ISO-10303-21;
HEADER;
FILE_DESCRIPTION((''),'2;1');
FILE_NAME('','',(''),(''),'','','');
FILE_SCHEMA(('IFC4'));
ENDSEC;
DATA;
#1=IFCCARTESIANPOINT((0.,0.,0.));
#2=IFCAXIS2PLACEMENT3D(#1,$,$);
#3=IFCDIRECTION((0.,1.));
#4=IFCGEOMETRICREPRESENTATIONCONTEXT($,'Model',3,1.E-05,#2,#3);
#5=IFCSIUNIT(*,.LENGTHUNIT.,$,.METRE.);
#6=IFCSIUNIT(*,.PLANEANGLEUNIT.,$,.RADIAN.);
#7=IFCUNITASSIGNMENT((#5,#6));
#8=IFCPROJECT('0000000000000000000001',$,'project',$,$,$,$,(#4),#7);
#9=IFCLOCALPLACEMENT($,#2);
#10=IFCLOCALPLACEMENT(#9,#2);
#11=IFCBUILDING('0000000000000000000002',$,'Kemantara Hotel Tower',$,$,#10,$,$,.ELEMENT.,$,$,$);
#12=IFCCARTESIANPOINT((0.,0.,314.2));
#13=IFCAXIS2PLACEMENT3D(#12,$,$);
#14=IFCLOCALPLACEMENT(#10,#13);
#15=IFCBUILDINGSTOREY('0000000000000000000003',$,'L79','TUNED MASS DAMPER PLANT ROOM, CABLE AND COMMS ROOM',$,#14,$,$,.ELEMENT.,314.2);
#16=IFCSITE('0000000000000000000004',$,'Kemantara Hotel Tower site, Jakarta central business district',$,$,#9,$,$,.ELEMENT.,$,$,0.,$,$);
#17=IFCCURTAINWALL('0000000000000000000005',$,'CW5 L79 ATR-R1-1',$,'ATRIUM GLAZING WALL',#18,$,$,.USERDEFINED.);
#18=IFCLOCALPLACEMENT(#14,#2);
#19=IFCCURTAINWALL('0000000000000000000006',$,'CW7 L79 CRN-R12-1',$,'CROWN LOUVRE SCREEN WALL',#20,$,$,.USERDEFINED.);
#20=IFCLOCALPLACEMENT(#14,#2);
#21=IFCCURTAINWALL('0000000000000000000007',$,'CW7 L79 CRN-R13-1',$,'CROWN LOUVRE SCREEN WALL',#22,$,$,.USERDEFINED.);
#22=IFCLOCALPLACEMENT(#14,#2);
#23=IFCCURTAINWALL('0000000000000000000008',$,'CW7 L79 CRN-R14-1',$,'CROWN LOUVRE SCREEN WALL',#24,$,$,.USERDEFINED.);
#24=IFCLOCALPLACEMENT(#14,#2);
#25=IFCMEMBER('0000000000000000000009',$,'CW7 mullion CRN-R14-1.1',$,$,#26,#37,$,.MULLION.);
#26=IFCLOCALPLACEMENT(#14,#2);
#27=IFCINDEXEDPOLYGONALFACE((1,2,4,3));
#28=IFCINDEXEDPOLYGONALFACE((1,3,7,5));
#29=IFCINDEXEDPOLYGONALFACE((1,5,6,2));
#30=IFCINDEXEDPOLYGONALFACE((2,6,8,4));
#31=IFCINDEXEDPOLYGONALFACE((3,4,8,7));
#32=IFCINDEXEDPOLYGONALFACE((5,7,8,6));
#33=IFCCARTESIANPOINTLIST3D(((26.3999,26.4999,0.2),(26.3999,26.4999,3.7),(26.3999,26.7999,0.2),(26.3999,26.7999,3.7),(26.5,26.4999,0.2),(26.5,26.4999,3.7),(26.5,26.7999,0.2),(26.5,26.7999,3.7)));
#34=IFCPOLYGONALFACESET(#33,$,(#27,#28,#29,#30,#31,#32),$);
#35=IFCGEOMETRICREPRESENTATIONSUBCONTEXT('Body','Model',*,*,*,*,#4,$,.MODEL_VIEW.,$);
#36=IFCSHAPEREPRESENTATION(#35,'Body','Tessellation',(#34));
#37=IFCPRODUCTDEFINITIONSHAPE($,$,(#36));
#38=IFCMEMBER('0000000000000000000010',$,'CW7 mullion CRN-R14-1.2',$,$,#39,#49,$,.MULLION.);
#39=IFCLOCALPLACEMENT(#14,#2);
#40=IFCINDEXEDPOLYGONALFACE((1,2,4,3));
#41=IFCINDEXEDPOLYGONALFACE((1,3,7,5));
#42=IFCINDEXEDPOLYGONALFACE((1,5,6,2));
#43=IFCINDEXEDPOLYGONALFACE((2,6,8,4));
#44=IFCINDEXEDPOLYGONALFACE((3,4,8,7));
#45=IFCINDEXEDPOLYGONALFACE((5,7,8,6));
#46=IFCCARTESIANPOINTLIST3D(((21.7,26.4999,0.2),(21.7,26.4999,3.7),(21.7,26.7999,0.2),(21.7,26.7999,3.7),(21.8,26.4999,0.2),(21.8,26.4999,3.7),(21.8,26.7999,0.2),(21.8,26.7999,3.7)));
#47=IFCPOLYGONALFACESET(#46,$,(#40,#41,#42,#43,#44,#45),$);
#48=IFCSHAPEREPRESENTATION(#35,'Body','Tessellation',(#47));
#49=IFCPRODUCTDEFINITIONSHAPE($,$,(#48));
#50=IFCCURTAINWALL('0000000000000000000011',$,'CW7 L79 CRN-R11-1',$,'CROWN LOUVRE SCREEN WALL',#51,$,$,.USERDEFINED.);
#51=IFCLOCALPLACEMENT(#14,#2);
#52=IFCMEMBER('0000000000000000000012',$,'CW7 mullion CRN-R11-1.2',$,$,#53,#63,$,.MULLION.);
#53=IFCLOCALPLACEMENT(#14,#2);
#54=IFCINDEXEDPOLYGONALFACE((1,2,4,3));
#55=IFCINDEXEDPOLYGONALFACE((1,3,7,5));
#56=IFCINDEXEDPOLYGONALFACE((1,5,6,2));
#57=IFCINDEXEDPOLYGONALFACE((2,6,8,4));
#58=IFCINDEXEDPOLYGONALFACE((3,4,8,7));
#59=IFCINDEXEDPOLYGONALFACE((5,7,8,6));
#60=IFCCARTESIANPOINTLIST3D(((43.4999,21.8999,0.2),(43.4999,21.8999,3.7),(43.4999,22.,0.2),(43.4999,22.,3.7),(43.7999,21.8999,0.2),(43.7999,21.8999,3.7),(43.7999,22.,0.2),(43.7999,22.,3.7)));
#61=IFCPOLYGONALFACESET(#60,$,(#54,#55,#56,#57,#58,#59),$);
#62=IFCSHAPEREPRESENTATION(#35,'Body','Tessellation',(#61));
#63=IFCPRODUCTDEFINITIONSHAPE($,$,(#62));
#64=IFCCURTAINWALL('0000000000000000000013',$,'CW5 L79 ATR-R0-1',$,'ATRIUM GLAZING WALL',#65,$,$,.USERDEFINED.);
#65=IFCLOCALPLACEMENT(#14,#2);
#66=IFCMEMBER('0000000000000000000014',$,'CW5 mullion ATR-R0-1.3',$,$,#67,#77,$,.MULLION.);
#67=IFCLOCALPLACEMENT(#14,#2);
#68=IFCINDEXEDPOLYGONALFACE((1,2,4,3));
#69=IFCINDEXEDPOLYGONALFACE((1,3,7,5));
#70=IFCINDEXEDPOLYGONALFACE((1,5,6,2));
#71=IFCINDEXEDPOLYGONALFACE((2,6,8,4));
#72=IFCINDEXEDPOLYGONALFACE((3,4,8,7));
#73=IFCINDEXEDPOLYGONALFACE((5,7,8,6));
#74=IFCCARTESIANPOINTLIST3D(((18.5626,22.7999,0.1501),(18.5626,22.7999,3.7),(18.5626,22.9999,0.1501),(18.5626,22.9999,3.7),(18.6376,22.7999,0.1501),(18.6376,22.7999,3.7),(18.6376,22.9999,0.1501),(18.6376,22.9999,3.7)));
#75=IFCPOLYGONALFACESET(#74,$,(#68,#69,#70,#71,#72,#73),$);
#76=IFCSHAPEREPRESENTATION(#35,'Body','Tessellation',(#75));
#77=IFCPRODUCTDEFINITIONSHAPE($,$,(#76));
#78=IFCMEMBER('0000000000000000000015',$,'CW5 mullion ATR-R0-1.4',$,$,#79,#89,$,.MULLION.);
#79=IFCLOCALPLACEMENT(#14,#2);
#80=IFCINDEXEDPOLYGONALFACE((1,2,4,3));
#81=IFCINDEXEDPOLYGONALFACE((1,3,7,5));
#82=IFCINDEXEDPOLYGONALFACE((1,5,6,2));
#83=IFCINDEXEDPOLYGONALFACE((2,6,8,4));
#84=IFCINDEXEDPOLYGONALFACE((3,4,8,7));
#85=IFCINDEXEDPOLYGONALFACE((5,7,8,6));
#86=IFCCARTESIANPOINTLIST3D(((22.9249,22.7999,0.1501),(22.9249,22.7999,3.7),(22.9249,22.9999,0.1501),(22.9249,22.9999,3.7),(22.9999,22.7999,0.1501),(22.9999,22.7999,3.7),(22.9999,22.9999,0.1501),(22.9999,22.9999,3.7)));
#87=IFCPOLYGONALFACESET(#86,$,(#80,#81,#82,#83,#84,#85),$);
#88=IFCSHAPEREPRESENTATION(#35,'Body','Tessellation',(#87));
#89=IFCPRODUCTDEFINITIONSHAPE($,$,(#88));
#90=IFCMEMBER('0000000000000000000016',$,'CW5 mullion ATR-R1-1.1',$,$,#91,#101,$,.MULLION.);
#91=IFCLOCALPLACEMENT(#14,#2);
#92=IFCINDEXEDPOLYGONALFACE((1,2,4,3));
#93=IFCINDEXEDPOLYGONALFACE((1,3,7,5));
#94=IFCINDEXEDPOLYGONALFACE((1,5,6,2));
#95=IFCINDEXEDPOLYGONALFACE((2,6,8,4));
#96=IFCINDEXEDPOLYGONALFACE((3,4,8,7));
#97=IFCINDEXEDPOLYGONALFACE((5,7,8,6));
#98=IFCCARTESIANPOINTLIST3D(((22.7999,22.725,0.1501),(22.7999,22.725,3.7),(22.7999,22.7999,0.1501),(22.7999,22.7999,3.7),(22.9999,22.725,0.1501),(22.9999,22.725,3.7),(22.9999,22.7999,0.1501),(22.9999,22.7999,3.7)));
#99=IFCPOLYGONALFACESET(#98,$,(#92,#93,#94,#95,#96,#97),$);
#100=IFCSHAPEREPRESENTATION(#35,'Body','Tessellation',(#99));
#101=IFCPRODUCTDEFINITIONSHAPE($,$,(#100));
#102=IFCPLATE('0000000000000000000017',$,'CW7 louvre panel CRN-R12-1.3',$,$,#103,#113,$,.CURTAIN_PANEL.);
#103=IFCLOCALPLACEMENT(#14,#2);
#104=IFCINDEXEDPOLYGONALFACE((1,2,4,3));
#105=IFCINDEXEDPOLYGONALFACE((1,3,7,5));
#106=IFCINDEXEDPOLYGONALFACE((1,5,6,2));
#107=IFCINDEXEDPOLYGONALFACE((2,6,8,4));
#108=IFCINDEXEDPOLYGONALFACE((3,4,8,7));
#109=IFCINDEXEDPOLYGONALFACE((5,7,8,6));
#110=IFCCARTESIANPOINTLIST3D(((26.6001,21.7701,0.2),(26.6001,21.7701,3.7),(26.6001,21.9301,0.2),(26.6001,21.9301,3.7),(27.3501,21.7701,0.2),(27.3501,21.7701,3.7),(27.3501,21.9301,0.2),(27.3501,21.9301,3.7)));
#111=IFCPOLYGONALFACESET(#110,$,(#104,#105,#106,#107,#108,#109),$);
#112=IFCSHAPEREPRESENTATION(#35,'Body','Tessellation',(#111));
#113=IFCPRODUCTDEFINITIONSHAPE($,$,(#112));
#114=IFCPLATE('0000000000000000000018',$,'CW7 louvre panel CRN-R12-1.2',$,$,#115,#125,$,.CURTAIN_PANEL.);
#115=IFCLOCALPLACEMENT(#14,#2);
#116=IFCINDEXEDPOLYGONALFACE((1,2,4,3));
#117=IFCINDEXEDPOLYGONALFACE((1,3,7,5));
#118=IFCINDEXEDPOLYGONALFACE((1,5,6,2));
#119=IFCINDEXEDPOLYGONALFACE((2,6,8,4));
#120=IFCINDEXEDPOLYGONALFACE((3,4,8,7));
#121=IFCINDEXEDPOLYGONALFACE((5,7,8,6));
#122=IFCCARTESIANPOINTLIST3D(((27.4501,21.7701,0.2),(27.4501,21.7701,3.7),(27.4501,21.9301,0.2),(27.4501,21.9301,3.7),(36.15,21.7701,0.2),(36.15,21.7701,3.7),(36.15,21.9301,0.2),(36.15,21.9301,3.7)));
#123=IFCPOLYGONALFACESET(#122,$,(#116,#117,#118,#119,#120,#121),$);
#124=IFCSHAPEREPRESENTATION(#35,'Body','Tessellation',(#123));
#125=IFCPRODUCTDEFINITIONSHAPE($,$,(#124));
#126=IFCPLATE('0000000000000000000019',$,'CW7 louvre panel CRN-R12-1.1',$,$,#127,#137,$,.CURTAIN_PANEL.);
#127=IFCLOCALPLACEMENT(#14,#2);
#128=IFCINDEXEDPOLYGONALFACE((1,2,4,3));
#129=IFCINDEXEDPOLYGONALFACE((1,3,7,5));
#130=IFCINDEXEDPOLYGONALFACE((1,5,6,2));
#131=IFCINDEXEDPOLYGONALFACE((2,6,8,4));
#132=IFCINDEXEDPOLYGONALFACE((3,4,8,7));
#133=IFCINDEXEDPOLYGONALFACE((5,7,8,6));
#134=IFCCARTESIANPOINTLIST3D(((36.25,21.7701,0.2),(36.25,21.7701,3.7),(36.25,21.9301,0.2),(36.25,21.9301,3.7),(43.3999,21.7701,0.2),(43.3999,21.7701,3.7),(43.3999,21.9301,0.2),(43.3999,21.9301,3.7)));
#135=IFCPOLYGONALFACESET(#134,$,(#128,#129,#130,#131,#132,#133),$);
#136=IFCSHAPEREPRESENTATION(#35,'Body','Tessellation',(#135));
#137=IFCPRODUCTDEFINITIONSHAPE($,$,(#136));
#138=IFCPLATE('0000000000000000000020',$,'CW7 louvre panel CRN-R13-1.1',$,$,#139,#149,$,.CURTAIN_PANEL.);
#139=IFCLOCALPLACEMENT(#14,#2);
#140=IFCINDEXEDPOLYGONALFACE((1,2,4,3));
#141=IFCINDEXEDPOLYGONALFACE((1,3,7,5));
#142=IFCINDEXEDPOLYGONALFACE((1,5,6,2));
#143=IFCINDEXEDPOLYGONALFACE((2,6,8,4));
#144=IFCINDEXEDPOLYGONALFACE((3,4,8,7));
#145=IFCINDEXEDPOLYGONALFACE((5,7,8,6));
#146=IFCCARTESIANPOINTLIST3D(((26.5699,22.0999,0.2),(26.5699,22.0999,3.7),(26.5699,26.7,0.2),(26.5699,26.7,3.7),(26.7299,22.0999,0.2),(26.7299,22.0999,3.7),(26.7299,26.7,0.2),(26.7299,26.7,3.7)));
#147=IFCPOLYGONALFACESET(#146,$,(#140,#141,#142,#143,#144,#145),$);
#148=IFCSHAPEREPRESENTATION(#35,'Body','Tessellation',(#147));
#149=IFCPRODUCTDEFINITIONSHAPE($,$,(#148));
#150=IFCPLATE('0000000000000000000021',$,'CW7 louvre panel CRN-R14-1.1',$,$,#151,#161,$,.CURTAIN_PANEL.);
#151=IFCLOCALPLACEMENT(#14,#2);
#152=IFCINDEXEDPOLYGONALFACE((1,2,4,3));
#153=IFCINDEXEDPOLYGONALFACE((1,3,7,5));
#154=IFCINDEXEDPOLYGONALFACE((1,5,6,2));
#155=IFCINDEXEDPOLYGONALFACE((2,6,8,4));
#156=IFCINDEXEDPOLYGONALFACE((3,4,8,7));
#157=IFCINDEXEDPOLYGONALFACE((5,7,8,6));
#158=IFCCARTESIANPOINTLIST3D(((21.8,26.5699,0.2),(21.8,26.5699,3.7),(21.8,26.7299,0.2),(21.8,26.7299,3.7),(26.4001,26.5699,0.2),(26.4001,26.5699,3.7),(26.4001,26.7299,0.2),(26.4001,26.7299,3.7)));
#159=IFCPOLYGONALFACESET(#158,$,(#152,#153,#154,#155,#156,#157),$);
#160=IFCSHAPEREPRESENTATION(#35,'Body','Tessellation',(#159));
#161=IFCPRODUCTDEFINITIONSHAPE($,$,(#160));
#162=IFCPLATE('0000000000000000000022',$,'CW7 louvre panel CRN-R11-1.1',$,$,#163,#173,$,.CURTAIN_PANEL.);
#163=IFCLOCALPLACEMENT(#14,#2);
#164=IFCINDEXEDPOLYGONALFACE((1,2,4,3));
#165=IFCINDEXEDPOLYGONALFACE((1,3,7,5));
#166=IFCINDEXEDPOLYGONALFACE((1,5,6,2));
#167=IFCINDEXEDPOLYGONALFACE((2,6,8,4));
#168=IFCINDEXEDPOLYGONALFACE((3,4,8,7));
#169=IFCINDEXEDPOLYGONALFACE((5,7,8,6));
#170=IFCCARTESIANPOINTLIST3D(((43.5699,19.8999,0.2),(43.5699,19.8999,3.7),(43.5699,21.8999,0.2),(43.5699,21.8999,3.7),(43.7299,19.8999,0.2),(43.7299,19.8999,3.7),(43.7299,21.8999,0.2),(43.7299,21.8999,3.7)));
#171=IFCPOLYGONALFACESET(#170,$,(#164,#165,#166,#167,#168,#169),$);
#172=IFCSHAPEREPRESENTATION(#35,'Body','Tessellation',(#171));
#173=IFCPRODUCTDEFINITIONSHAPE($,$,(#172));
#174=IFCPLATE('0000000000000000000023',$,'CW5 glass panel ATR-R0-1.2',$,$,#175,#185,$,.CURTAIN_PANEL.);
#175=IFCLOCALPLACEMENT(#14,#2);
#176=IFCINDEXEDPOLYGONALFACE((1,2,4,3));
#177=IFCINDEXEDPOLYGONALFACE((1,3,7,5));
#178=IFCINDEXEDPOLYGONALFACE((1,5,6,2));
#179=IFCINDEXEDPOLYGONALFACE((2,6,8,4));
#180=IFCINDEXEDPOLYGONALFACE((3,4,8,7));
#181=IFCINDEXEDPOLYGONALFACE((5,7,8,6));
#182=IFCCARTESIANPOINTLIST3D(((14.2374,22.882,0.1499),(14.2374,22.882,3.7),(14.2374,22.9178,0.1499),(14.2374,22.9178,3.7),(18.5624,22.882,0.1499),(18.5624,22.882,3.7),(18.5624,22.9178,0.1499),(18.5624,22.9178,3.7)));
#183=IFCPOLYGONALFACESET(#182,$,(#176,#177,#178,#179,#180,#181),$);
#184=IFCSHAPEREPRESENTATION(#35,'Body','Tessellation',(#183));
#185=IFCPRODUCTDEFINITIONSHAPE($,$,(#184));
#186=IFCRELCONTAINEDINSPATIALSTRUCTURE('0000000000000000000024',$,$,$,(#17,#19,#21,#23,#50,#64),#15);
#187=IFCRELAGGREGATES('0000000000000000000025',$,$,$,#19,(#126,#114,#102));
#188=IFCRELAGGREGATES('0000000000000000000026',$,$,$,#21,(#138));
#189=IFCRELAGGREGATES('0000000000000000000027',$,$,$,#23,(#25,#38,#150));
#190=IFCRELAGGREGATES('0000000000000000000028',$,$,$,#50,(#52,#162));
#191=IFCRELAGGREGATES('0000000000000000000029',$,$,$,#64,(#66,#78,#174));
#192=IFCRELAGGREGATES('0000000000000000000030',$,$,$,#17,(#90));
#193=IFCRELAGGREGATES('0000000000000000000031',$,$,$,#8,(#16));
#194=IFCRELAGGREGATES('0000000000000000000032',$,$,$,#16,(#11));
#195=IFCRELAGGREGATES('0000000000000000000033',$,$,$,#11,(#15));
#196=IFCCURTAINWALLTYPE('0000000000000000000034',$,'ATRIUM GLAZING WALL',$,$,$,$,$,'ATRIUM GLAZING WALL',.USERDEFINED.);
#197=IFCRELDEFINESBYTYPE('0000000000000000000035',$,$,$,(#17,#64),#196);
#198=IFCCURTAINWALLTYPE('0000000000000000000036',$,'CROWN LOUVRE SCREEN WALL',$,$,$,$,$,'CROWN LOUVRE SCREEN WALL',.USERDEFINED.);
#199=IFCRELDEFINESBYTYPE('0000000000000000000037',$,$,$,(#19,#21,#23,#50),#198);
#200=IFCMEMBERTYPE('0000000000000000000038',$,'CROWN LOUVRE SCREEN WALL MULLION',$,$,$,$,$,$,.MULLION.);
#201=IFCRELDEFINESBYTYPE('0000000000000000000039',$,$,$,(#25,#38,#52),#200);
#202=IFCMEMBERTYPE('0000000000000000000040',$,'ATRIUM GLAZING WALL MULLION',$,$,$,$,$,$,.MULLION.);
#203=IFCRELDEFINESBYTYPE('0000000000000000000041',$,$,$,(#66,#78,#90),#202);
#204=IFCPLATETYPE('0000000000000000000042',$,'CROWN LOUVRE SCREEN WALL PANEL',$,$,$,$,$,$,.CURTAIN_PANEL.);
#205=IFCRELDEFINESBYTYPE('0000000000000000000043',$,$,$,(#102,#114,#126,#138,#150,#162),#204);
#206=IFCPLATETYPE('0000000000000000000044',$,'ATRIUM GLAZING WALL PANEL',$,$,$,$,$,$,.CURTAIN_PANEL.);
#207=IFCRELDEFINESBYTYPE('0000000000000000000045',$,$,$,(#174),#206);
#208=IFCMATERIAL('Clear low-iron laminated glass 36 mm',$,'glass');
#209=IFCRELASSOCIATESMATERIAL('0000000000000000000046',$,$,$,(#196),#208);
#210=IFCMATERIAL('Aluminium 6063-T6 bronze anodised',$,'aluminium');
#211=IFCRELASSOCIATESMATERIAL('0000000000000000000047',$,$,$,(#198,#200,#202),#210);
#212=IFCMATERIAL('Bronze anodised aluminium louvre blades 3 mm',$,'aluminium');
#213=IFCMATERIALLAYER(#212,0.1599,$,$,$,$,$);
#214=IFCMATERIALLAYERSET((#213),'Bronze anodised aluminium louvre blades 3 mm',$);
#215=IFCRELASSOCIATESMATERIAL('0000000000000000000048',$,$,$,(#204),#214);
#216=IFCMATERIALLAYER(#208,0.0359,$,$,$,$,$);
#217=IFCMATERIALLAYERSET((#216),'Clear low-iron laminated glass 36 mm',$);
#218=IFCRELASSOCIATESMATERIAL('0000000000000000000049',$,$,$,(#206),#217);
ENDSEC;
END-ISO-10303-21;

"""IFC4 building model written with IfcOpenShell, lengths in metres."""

from ifc_helpers import new_model, si_unit, direction, frame, origin, origin_2d, place, context, subcontext, project, spatial, rectangle, extrude, source, transform, mapped, material, layer, layer_set, material_profile, profile_set, type_object, element, aggregate, save


model = new_model("IFC4")

# Units and contexts
model_context = context("Model", 3, precision=1e-05, world=origin(), true_north=direction((0.0, 1.0)))
body_context = subcontext(model_context, "Body", "Model", "MODEL_VIEW")
ifc_project = project(units=[si_unit("LENGTHUNIT", "METRE"), si_unit("PLANEANGLEUNIT", "RADIAN")], contexts=[model_context])

# Site, building, storey
site_placement = place(None, origin())
site = spatial("IfcSite", under=ifc_project, at=site_placement, Name="Kemantara Hotel Tower site, Jakarta central business district", CompositionType="ELEMENT", RefElevation=0.0)
building_placement = place(site_placement, origin())
building = spatial("IfcBuilding", under=site, at=building_placement, Name="Kemantara Hotel Tower", CompositionType="ELEMENT")
storey_placement = place(building_placement, frame((0.0, 0.0, 314.2)))
storey = spatial("IfcBuildingStorey", under=building, at=storey_placement, Name="L79", Description="TUNED MASS DAMPER PLANT ROOM, CABLE AND COMMS ROOM", CompositionType="ELEMENT", Elevation=314.2)

# Curtain walls
ifc_material_1 = material(Name="Clear low-iron laminated glass 36 mm", Category="glass")
curtain_wall_type_1 = type_object("IfcCurtainWallType", Name="ATRIUM GLAZING WALL", ElementType="ATRIUM GLAZING WALL", PredefinedType="USERDEFINED", material=ifc_material_1)
curtain_wall_1_placement = place(storey_placement, origin())
curtain_wall_1 = element("IfcCurtainWall", 1, at=curtain_wall_1_placement, inside=storey, type_object=curtain_wall_type_1, Name="CW5 L79 ATR-R1-1", ObjectType="ATRIUM GLAZING WALL", PredefinedType="USERDEFINED")
ifc_material_2 = material(Name="Aluminium 6063-T6 bronze anodised", Category="aluminium")
curtain_wall_type_2 = type_object("IfcCurtainWallType", Name="CROWN LOUVRE SCREEN WALL", ElementType="CROWN LOUVRE SCREEN WALL", PredefinedType="USERDEFINED", material=ifc_material_2)
curtain_wall_2_placement = place(storey_placement, origin())
curtain_wall_2 = element("IfcCurtainWall", 2, at=curtain_wall_2_placement, inside=storey, type_object=curtain_wall_type_2, Name="CW7 L79 CRN-R12-1", ObjectType="CROWN LOUVRE SCREEN WALL", PredefinedType="USERDEFINED")
curtain_wall_3_placement = place(storey_placement, origin())
curtain_wall_3 = element("IfcCurtainWall", 3, at=curtain_wall_3_placement, inside=storey, type_object=curtain_wall_type_2, Name="CW7 L79 CRN-R13-1", ObjectType="CROWN LOUVRE SCREEN WALL", PredefinedType="USERDEFINED")
curtain_wall_4_placement = place(storey_placement, origin())
curtain_wall_4 = element("IfcCurtainWall", 4, at=curtain_wall_4_placement, inside=storey, type_object=curtain_wall_type_2, Name="CW7 L79 CRN-R14-1", ObjectType="CROWN LOUVRE SCREEN WALL", PredefinedType="USERDEFINED")

# Members
ifc_material_profile_1 = material_profile(ifc_material_2, rectangle(XDim=0.3, YDim=0.1001, at=origin_2d()), Name="CROWN LOUVRE SCREEN WALL MULLION")
ifc_profile_set_1 = profile_set([ifc_material_profile_1], Name="Aluminium 6063-T6 bronze anodised")
member_type_1 = type_object("IfcMemberType", Name="CROWN LOUVRE SCREEN WALL MULLION", PredefinedType="MULLION", material=ifc_profile_set_1)
shared_shape_1 = source(origin(), body_context, "Body", "SweptSolid", [
    extrude(rectangle(XDim=0.3, YDim=0.1001, at=origin_2d()), origin(), (0.0, 0.0, 1.0), 3.5),
])
member_1_placement = place(storey_placement, frame((26.45, 26.6499, 0.2), z_axis=(0.0, 0.0, 1.0), x_axis=(0.0, -1.0, 0.0)))
member_1 = element("IfcMember", 5, at=member_1_placement, type_object=member_type_1, Name="CW7 mullion CRN-R14-1.1", PredefinedType="MULLION", context=body_context, shape_type="MappedRepresentation", body=[
    mapped(shared_shape_1, transform((0.0, 0.0, 0.0))),
])
member_2_placement = place(storey_placement, frame((21.75, 26.6499, 0.2), z_axis=(0.0, 0.0, 1.0), x_axis=(0.0, -1.0, 0.0)))
member_2 = element("IfcMember", 6, at=member_2_placement, type_object=member_type_1, Name="CW7 mullion CRN-R14-1.2", PredefinedType="MULLION", context=body_context, shape_type="MappedRepresentation", body=[
    mapped(shared_shape_1, transform((0.0, 0.0, 0.0))),
])

# Curtain wall, member
curtain_wall_5_placement = place(storey_placement, origin())
curtain_wall_5 = element("IfcCurtainWall", 7, at=curtain_wall_5_placement, inside=storey, type_object=curtain_wall_type_2, Name="CW7 L79 CRN-R11-1", ObjectType="CROWN LOUVRE SCREEN WALL", PredefinedType="USERDEFINED")
member_3_placement = place(storey_placement, frame((43.6499, 21.95, 0.2), z_axis=(0.0, 0.0, 1.0), x_axis=(-1.0, 0.0, 0.0)))
member_3 = element("IfcMember", 8, at=member_3_placement, type_object=member_type_1, Name="CW7 mullion CRN-R11-1.2", PredefinedType="MULLION", context=body_context, shape_type="MappedRepresentation", body=[
    mapped(shared_shape_1, transform((0.0, 0.0, 0.0))),
])

# Curtain wall, members
curtain_wall_6_placement = place(storey_placement, origin())
curtain_wall_6 = element("IfcCurtainWall", 9, at=curtain_wall_6_placement, inside=storey, type_object=curtain_wall_type_1, Name="CW5 L79 ATR-R0-1", ObjectType="ATRIUM GLAZING WALL", PredefinedType="USERDEFINED")
ifc_material_profile_2 = material_profile(ifc_material_2, rectangle(XDim=0.2, YDim=0.075, at=origin_2d()), Name="ATRIUM GLAZING WALL MULLION")
ifc_profile_set_2 = profile_set([ifc_material_profile_2], Name="Aluminium 6063-T6 bronze anodised")
member_type_2 = type_object("IfcMemberType", Name="ATRIUM GLAZING WALL MULLION", PredefinedType="MULLION", material=ifc_profile_set_2)
shared_shape_2 = source(origin(), body_context, "Body", "SweptSolid", [
    extrude(rectangle(XDim=0.2, YDim=0.075, at=origin_2d()), origin(), (0.0, 0.0, 1.0), 3.5498),
])
member_4_placement = place(storey_placement, frame((18.6001, 22.8999, 0.1501), z_axis=(0.0, 0.0, 1.0), x_axis=(0.0, 1.0, 0.0)))
member_4 = element("IfcMember", 10, at=member_4_placement, type_object=member_type_2, Name="CW5 mullion ATR-R0-1.3", PredefinedType="MULLION", context=body_context, shape_type="MappedRepresentation", body=[
    mapped(shared_shape_2, transform((0.0, 0.0, 0.0))),
])
member_5_placement = place(storey_placement, frame((22.9624, 22.8999, 0.1501), z_axis=(0.0, 0.0, 1.0), x_axis=(0.0, 1.0, 0.0)))
member_5 = element("IfcMember", 11, at=member_5_placement, type_object=member_type_2, Name="CW5 mullion ATR-R0-1.4", PredefinedType="MULLION", context=body_context, shape_type="MappedRepresentation", body=[
    mapped(shared_shape_2, transform((0.0, 0.0, 0.0))),
])

# Member
member_6_placement = place(storey_placement, frame((22.8999, 22.7625, 0.1501), z_axis=(0.0, 0.0, 1.0), x_axis=(1.0, 0.0, 0.0)))
member_6 = element("IfcMember", 12, at=member_6_placement, type_object=member_type_2, Name="CW5 mullion ATR-R1-1.1", PredefinedType="MULLION", context=body_context, shape_type="MappedRepresentation", body=[
    mapped(shared_shape_2, transform((0.0, 0.0, 0.0))),
])

# Plates
ifc_material_3 = material(Name="Bronze anodised aluminium louvre blades 3 mm", Category="aluminium")
ifc_layer_1 = layer(ifc_material_3, 0.1599)
ifc_layer_set_1 = layer_set([ifc_layer_1], Name="Bronze anodised aluminium louvre blades 3 mm")
plate_type_1 = type_object("IfcPlateType", Name="CROWN LOUVRE SCREEN WALL PANEL", PredefinedType="CURTAIN_PANEL", material=ifc_layer_set_1)
shared_shape_3 = source(origin(), body_context, "Body", "SweptSolid", [
    extrude(rectangle(XDim=0.75, YDim=0.1599, at=origin_2d()), origin(), (0.0, 0.0, 1.0), 3.5),
])
plate_1_placement = place(storey_placement, frame((26.9751, 21.8501, 0.2), z_axis=(0.0, 0.0, 1.0), x_axis=(-1.0, 0.0, 0.0)))
plate_1 = element("IfcPlate", 13, at=plate_1_placement, type_object=plate_type_1, Name="CW7 louvre panel CRN-R12-1.3", PredefinedType="CURTAIN_PANEL", context=body_context, shape_type="MappedRepresentation", body=[
    mapped(shared_shape_3, transform((0.0, 0.0, 0.0))),
])
shared_shape_4 = source(origin(), body_context, "Body", "SweptSolid", [
    extrude(rectangle(XDim=8.7, YDim=0.1599, at=origin_2d()), origin(), (0.0, 0.0, 1.0), 3.5),
])
plate_2_placement = place(storey_placement, frame((31.8, 21.8501, 0.2), z_axis=(0.0, 0.0, 1.0), x_axis=(-1.0, 0.0, 0.0)))
plate_2 = element("IfcPlate", 14, at=plate_2_placement, type_object=plate_type_1, Name="CW7 louvre panel CRN-R12-1.2", PredefinedType="CURTAIN_PANEL", context=body_context, shape_type="MappedRepresentation", body=[
    mapped(shared_shape_4, transform((0.0, 0.0, 0.0))),
])
shared_shape_5 = source(origin(), body_context, "Body", "SweptSolid", [
    extrude(rectangle(XDim=7.1499, YDim=0.1599, at=origin_2d()), origin(), (0.0, 0.0, 1.0), 3.5),
])
plate_3_placement = place(storey_placement, frame((39.825, 21.8501, 0.2), z_axis=(0.0, 0.0, 1.0), x_axis=(-1.0, 0.0, 0.0)))
plate_3 = element("IfcPlate", 15, at=plate_3_placement, type_object=plate_type_1, Name="CW7 louvre panel CRN-R12-1.1", PredefinedType="CURTAIN_PANEL", context=body_context, shape_type="MappedRepresentation", body=[
    mapped(shared_shape_5, transform((0.0, 0.0, 0.0))),
])
aggregate(curtain_wall_2, [plate_3, plate_2, plate_1])
shared_shape_6 = source(origin(), body_context, "Body", "SweptSolid", [
    extrude(rectangle(XDim=4.6001, YDim=0.1599, at=origin_2d()), origin(), (0.0, 0.0, 1.0), 3.5),
])
plate_4_placement = place(storey_placement, frame((26.6499, 24.3999, 0.2), z_axis=(0.0, 0.0, 1.0), x_axis=(0.0, 1.0, 0.0)))
plate_4 = element("IfcPlate", 16, at=plate_4_placement, type_object=plate_type_1, Name="CW7 louvre panel CRN-R13-1.1", PredefinedType="CURTAIN_PANEL", context=body_context, shape_type="MappedRepresentation", body=[
    mapped(shared_shape_6, transform((0.0, 0.0, 0.0))),
])
aggregate(curtain_wall_3, [plate_4])
plate_5_placement = place(storey_placement, frame((24.1001, 26.6499, 0.2), z_axis=(0.0, 0.0, 1.0), x_axis=(-1.0, 0.0, 0.0)))
plate_5 = element("IfcPlate", 17, at=plate_5_placement, type_object=plate_type_1, Name="CW7 louvre panel CRN-R14-1.1", PredefinedType="CURTAIN_PANEL", context=body_context, shape_type="MappedRepresentation", body=[
    mapped(shared_shape_6, transform((0.0, 0.0, 0.0))),
])
aggregate(curtain_wall_4, [member_1, member_2, plate_5])
shared_shape_7 = source(origin(), body_context, "Body", "SweptSolid", [
    extrude(rectangle(XDim=2.0, YDim=0.1599, at=origin_2d()), origin(), (0.0, 0.0, 1.0), 3.5),
])
plate_6_placement = place(storey_placement, frame((43.6499, 20.8999, 0.2), z_axis=(0.0, 0.0, 1.0), x_axis=(0.0, 1.0, 0.0)))
plate_6 = element("IfcPlate", 18, at=plate_6_placement, type_object=plate_type_1, Name="CW7 louvre panel CRN-R11-1.1", PredefinedType="CURTAIN_PANEL", context=body_context, shape_type="MappedRepresentation", body=[
    mapped(shared_shape_7, transform((0.0, 0.0, 0.0))),
])
aggregate(curtain_wall_5, [member_3, plate_6])
ifc_layer_2 = layer(ifc_material_1, 0.0359)
ifc_layer_set_2 = layer_set([ifc_layer_2], Name="Clear low-iron laminated glass 36 mm")
plate_type_2 = type_object("IfcPlateType", Name="ATRIUM GLAZING WALL PANEL", PredefinedType="CURTAIN_PANEL", material=ifc_layer_set_2)
shared_shape_8 = source(origin(), body_context, "Body", "SweptSolid", [
    extrude(rectangle(XDim=4.325, YDim=0.0359, at=origin_2d()), origin(), (0.0, 0.0, 1.0), 3.55),
])
plate_7_placement = place(storey_placement, frame((16.3999, 22.8999, 0.1499), z_axis=(0.0, 0.0, 1.0), x_axis=(1.0, 0.0, 0.0)))
plate_7 = element("IfcPlate", 19, at=plate_7_placement, type_object=plate_type_2, Name="CW5 glass panel ATR-R0-1.2", PredefinedType="CURTAIN_PANEL", context=body_context, shape_type="MappedRepresentation", body=[
    mapped(shared_shape_8, transform((0.0, 0.0, 0.0))),
])
aggregate(curtain_wall_6, [member_4, member_5, plate_7])
aggregate(curtain_wall_1, [member_6])

save(model, "model.ifc")
